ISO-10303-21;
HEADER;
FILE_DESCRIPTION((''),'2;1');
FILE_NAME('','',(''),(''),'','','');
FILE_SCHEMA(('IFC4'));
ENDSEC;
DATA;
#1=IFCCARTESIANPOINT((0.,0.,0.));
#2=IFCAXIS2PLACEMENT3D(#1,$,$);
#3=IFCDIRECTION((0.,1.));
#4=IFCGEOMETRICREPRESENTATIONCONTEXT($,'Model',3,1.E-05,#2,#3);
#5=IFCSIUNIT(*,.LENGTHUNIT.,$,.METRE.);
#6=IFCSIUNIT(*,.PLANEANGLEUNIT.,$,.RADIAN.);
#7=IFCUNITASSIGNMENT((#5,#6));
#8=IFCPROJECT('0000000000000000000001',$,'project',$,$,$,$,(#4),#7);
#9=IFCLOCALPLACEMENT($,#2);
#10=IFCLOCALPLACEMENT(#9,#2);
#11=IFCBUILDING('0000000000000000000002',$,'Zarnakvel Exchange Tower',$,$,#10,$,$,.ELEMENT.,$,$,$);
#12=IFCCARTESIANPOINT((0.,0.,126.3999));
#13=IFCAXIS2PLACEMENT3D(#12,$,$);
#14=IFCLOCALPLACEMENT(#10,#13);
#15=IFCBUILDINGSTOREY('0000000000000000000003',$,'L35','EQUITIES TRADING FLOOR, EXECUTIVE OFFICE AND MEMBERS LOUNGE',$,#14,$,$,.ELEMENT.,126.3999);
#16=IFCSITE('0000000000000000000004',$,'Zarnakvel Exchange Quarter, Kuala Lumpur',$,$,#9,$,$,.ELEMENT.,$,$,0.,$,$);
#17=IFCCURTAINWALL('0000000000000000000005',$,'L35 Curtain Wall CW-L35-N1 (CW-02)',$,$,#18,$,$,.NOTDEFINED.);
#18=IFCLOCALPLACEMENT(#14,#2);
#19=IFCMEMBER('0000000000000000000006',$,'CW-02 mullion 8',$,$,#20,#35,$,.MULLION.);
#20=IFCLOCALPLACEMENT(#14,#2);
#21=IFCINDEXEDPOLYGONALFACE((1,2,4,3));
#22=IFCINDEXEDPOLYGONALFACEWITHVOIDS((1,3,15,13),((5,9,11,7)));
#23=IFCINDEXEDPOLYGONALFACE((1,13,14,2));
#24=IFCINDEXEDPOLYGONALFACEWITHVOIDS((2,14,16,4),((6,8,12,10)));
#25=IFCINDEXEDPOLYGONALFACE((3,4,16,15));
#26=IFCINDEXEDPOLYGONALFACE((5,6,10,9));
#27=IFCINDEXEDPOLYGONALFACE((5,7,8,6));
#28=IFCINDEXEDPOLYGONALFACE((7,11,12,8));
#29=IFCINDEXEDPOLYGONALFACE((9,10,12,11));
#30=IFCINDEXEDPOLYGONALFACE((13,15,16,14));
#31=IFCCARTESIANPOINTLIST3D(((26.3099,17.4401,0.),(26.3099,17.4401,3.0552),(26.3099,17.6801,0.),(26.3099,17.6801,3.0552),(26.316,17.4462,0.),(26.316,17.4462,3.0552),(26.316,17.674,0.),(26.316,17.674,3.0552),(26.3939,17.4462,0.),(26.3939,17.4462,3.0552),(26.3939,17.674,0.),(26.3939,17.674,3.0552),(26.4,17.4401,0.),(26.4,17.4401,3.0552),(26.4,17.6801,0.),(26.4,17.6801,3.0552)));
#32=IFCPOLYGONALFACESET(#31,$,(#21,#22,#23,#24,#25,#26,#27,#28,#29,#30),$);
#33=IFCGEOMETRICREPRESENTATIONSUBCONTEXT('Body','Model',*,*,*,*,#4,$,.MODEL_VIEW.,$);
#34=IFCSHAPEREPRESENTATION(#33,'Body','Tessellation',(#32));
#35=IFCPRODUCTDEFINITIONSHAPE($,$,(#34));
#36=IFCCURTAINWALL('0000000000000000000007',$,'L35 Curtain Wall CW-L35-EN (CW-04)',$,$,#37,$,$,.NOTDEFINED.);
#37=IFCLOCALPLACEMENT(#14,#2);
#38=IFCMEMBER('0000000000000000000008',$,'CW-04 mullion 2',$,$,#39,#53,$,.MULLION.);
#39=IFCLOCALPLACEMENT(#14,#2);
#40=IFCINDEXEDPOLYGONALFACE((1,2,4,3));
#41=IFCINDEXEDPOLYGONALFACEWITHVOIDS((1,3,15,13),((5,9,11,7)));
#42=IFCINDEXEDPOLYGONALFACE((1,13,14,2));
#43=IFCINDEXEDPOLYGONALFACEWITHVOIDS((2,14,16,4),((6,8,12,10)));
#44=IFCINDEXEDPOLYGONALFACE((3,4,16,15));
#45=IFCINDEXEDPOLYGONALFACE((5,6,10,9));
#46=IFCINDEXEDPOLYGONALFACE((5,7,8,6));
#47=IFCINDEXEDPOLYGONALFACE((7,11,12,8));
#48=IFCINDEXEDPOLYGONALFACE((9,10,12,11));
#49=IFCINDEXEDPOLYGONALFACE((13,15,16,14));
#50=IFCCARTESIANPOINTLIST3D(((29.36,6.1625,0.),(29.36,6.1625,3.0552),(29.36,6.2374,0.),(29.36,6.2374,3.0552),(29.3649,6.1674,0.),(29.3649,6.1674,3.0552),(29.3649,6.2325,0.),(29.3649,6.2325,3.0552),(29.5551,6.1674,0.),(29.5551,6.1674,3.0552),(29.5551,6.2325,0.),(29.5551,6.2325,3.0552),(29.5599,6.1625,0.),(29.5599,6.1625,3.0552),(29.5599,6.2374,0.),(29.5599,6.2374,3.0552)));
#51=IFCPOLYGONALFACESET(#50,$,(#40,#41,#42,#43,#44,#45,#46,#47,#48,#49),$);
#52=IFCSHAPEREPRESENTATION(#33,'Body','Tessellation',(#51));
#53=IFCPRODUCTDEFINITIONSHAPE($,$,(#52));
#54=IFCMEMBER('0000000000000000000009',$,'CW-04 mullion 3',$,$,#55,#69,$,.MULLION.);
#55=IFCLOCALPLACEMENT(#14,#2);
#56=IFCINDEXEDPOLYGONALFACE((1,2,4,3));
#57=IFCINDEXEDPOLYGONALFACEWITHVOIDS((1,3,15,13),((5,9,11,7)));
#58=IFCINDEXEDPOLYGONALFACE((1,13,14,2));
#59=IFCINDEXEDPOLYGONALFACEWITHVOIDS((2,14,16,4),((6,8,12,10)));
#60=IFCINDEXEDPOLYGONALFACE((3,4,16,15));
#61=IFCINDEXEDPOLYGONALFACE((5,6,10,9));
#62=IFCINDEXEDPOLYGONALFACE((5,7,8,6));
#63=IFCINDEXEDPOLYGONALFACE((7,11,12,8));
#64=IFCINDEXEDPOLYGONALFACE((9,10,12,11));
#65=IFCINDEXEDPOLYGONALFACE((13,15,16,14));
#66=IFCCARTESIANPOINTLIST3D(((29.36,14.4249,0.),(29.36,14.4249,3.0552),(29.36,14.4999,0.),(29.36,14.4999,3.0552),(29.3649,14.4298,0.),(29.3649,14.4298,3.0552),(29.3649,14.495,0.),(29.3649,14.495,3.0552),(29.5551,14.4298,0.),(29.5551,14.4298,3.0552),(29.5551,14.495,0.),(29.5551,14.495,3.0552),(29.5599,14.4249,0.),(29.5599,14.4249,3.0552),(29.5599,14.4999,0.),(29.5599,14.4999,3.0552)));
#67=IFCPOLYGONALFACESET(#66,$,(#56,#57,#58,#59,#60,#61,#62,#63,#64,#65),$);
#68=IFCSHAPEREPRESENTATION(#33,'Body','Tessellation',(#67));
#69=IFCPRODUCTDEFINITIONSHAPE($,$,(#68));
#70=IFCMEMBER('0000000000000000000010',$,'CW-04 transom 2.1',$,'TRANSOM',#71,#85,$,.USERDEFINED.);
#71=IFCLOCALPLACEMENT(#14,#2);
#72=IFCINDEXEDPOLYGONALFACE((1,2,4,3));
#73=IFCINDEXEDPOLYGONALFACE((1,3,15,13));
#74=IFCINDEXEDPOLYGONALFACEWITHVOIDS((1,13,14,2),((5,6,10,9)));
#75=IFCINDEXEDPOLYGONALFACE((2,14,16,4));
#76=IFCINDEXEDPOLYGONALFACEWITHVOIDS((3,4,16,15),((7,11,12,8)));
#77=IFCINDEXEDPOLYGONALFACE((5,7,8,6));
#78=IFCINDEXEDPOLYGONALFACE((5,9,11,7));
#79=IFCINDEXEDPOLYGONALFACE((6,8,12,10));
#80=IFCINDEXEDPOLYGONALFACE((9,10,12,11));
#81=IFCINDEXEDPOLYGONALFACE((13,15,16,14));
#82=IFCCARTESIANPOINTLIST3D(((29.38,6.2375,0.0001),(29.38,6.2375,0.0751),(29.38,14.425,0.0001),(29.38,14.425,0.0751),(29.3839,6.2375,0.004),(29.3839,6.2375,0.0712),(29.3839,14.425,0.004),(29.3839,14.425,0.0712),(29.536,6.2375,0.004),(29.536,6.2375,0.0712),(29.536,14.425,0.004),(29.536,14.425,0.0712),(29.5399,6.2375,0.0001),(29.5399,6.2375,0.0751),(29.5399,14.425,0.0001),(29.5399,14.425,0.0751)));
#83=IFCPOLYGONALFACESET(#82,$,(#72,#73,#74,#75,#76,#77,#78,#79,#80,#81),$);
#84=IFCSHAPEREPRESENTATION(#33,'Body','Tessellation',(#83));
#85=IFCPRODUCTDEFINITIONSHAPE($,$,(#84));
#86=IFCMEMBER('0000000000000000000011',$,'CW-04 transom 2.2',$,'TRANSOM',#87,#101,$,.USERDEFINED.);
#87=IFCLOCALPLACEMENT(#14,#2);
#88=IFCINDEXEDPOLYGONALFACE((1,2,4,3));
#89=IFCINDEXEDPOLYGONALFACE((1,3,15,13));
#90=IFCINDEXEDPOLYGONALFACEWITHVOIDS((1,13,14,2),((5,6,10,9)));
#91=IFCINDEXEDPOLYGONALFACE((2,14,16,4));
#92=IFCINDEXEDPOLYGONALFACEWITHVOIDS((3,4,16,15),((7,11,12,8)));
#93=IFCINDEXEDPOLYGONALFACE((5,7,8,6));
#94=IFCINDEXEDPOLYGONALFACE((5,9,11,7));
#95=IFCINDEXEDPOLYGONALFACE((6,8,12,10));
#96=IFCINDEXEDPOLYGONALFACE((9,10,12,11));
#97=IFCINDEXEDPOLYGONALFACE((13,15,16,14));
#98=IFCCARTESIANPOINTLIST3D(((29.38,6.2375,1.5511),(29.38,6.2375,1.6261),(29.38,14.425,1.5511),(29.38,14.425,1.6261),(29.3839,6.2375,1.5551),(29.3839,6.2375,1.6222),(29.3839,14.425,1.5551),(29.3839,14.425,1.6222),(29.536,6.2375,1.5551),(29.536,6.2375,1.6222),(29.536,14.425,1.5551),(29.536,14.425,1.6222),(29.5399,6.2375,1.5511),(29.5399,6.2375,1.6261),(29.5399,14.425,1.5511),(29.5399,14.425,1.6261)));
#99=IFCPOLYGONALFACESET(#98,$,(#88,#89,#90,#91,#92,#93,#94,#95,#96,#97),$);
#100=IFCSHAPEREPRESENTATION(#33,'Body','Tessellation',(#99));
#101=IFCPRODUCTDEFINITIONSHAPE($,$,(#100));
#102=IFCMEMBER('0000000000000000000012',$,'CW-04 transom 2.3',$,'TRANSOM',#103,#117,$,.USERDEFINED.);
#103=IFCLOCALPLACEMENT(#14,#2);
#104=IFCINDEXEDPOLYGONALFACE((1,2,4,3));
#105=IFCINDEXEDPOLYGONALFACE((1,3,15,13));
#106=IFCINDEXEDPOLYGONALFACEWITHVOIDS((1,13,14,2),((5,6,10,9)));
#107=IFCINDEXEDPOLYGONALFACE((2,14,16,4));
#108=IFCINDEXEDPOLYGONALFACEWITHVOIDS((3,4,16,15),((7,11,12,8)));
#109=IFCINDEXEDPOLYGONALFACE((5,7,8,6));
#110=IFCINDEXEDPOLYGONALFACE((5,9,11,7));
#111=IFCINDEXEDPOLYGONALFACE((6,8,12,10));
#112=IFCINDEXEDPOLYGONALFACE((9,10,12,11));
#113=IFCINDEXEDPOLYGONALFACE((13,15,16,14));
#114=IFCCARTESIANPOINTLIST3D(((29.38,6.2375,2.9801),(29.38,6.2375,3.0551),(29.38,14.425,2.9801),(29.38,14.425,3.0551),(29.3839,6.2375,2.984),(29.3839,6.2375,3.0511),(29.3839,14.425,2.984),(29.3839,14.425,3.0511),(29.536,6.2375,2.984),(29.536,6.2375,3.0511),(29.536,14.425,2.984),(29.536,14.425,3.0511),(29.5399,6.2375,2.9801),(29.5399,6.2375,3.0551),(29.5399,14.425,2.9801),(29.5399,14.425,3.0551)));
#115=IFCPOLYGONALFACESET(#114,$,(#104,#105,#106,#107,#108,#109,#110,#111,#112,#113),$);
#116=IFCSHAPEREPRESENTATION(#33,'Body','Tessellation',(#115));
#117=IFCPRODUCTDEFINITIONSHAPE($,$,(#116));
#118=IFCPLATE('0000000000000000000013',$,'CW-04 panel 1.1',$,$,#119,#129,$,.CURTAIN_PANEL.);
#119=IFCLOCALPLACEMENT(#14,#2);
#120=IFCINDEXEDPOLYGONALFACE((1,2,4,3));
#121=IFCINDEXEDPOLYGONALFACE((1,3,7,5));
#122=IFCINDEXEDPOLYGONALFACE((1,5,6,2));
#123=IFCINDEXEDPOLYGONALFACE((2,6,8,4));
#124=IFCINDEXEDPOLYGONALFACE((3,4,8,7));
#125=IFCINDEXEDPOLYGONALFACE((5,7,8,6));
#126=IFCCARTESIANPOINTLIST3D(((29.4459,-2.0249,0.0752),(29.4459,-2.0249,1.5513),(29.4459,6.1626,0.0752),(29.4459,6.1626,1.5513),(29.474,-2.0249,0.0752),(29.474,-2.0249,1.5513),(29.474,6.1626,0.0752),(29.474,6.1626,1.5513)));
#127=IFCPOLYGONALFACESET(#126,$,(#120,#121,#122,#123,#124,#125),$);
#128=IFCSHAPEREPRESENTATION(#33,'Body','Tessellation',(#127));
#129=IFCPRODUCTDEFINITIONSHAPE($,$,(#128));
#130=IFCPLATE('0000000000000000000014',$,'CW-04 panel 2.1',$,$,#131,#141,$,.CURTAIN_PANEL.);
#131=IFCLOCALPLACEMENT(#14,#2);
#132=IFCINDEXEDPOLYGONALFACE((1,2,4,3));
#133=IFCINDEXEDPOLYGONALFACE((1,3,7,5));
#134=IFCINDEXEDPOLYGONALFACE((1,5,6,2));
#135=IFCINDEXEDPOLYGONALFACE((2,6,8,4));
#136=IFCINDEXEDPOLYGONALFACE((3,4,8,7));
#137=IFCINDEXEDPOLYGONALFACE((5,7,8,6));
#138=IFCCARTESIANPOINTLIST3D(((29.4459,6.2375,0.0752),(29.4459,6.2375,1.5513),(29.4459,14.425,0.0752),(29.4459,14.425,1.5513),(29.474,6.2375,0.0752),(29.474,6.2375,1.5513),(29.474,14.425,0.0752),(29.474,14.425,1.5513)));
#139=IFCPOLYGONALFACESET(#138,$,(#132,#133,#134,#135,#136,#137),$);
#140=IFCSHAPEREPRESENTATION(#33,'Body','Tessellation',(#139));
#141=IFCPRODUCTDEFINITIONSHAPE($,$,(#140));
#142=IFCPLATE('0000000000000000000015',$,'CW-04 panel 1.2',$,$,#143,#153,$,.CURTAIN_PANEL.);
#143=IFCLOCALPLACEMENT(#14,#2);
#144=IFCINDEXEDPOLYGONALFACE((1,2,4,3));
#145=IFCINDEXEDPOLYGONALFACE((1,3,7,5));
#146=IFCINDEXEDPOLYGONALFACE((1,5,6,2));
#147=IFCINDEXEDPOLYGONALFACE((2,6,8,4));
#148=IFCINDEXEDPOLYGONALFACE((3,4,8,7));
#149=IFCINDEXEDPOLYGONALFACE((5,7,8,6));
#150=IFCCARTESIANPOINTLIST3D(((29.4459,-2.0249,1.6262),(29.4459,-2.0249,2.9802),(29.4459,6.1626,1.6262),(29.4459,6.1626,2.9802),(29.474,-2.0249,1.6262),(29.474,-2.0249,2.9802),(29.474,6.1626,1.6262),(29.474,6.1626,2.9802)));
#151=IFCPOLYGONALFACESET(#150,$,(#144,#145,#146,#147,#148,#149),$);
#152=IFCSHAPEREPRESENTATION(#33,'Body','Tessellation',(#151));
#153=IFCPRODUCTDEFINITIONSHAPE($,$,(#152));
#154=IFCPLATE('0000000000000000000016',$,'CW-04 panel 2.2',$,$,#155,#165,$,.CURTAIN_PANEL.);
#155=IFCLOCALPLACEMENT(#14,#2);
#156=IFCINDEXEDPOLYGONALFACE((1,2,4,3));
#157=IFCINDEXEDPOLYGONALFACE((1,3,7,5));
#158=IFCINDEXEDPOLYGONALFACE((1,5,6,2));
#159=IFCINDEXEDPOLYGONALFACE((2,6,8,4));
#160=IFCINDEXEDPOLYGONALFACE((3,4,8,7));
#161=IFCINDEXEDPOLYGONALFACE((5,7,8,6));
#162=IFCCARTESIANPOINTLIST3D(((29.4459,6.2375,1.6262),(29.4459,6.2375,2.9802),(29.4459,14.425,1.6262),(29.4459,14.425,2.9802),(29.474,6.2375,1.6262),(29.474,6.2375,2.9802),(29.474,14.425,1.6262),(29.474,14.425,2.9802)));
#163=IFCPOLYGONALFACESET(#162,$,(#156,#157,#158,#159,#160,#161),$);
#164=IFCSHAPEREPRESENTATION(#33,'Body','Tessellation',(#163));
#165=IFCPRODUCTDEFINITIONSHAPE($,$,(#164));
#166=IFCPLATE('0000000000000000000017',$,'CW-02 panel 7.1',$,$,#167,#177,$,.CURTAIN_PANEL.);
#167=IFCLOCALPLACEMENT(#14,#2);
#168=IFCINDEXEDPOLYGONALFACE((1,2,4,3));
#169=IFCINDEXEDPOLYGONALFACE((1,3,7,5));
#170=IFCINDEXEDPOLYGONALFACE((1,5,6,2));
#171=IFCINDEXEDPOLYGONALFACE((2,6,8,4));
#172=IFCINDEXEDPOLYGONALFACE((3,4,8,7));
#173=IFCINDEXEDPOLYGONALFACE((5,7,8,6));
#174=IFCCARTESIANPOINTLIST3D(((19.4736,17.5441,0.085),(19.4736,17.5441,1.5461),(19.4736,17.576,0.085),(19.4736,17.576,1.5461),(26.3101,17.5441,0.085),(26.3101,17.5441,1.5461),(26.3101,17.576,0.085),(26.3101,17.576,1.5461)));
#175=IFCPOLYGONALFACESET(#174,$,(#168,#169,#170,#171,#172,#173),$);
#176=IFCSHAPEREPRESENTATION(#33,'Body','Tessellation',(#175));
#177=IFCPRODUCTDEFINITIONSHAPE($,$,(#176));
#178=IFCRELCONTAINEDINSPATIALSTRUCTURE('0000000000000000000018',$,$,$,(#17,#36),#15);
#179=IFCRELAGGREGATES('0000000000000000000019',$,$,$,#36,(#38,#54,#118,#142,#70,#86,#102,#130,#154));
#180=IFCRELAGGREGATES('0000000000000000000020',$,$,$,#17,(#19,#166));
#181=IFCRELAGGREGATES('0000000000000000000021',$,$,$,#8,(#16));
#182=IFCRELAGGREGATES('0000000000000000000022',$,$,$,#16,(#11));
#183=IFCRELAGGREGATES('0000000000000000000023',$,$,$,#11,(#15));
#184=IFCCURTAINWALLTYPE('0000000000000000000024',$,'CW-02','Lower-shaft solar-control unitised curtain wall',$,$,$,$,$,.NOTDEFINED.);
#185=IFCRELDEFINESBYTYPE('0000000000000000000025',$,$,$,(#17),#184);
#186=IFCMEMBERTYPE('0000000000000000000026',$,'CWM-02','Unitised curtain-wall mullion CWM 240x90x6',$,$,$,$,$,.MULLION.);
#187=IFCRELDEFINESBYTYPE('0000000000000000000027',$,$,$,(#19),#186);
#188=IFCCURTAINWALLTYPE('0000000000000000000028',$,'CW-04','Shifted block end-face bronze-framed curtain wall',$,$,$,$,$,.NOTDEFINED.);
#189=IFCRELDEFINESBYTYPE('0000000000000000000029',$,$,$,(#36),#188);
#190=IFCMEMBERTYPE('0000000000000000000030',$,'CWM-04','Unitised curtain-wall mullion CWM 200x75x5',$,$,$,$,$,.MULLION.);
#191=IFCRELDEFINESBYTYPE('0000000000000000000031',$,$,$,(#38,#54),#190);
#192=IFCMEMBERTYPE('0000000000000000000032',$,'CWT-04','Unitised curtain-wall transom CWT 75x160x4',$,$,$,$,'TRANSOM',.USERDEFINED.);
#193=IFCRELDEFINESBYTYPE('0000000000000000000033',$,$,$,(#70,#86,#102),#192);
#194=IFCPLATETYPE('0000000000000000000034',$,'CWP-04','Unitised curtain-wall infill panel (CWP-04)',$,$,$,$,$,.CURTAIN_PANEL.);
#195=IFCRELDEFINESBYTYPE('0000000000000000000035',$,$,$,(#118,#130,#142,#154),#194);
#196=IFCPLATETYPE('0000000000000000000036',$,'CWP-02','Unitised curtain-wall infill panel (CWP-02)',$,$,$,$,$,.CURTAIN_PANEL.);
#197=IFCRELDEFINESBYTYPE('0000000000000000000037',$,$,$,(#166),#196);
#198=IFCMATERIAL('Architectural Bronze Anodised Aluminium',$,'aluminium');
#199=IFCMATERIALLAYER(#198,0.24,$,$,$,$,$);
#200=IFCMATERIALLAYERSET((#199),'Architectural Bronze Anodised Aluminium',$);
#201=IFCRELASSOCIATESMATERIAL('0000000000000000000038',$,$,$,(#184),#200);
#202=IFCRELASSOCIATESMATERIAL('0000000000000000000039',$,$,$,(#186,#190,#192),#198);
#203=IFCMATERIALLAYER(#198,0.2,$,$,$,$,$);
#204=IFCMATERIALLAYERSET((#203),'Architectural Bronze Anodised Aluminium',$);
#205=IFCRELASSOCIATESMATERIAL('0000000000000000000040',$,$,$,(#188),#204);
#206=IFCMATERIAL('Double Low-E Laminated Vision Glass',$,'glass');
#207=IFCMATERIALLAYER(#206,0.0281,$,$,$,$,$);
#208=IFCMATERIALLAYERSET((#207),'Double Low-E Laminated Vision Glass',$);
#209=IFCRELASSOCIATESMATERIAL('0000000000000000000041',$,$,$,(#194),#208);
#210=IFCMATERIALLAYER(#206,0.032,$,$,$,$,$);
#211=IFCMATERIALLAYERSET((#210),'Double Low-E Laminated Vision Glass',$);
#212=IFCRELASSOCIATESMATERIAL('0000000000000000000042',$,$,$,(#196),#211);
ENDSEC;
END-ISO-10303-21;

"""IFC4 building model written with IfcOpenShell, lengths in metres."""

from ifc_helpers import new_model, si_unit, direction, frame, origin, origin_2d, place, context, subcontext, project, spatial, rectangle, hollow_rectangle, extrude, source, transform, mapped, material, layer, layer_set, material_profile, profile_set, type_object, element, aggregate, save


model = new_model("IFC4")

# Units and contexts
model_context = context("Model", 3, precision=1e-05, world=origin(), true_north=direction((0.0, 1.0)))
body_context = subcontext(model_context, "Body", "Model", "MODEL_VIEW")
ifc_project = project(units=[si_unit("LENGTHUNIT", "METRE"), si_unit("PLANEANGLEUNIT", "RADIAN")], contexts=[model_context])

# Site, building, storey
site_placement = place(None, origin())
site = spatial("IfcSite", under=ifc_project, at=site_placement, Name="Zarnakvel Exchange Quarter, Kuala Lumpur", CompositionType="ELEMENT", RefElevation=0.0)
building_placement = place(site_placement, origin())
building = spatial("IfcBuilding", under=site, at=building_placement, Name="Zarnakvel Exchange Tower", CompositionType="ELEMENT")
storey_placement = place(building_placement, frame((0.0, 0.0, 126.3999)))
storey = spatial("IfcBuildingStorey", under=building, at=storey_placement, Name="L35", Description="EQUITIES TRADING FLOOR, EXECUTIVE OFFICE AND MEMBERS LOUNGE", CompositionType="ELEMENT", Elevation=126.3999)

# Curtain wall, member
ifc_material_1 = material(Name="Architectural Bronze Anodised Aluminium", Category="aluminium")
ifc_layer_1 = layer(ifc_material_1, 0.24)
ifc_layer_set_1 = layer_set([ifc_layer_1], Name="Architectural Bronze Anodised Aluminium")
curtain_wall_type_1 = type_object("IfcCurtainWallType", Name="CW-02", Description="Lower-shaft solar-control unitised curtain wall", PredefinedType="NOTDEFINED", material=ifc_layer_set_1)
curtain_wall_1_placement = place(storey_placement, origin())
curtain_wall_1 = element("IfcCurtainWall", 1, at=curtain_wall_1_placement, inside=storey, type_object=curtain_wall_type_1, Name="L35 Curtain Wall CW-L35-N1 (CW-02)", PredefinedType="NOTDEFINED")
ifc_material_profile_1 = material_profile(ifc_material_1, hollow_rectangle(XDim=0.24, YDim=0.0901, WallThickness=0.0061, at=origin_2d()))
ifc_profile_set_1 = profile_set([ifc_material_profile_1], Name="Architectural Bronze Anodised Aluminium")
member_type_1 = type_object("IfcMemberType", Name="CWM-02", Description="Unitised curtain-wall mullion CWM 240x90x6", PredefinedType="MULLION", material=ifc_profile_set_1)
shared_shape_1 = source(origin(), body_context, "Body", "SweptSolid", [
    extrude(hollow_rectangle(XDim=0.24, YDim=0.0901, WallThickness=0.0061, at=origin_2d()), origin(), (0.0, 0.0, 1.0), 3.0552),
])
member_1_placement = place(storey_placement, frame((26.355, 17.5601, 0.0), z_axis=(0.0, 0.0, 1.0), x_axis=(0.0, 1.0, 0.0)))
member_1 = element("IfcMember", 2, at=member_1_placement, type_object=member_type_1, Name="CW-02 mullion 8", PredefinedType="MULLION", context=body_context, shape_type="MappedRepresentation", body=[
    mapped(shared_shape_1, transform((0.0, 0.0, 0.0), x_axis=(1.0, 0.0, 0.0), y_axis=(0.0, 1.0, 0.0), z_axis=(0.0, 0.0, 1.0), scale=1.0)),
])

# Curtain wall, members, plates
ifc_layer_2 = layer(ifc_material_1, 0.2)
ifc_layer_set_2 = layer_set([ifc_layer_2], Name="Architectural Bronze Anodised Aluminium")
curtain_wall_type_2 = type_object("IfcCurtainWallType", Name="CW-04", Description="Shifted block end-face bronze-framed curtain wall", PredefinedType="NOTDEFINED", material=ifc_layer_set_2)
curtain_wall_2_placement = place(storey_placement, origin())
curtain_wall_2 = element("IfcCurtainWall", 3, at=curtain_wall_2_placement, inside=storey, type_object=curtain_wall_type_2, Name="L35 Curtain Wall CW-L35-EN (CW-04)", PredefinedType="NOTDEFINED")
ifc_material_profile_2 = material_profile(ifc_material_1, hollow_rectangle(XDim=0.2, YDim=0.075, WallThickness=0.0049, at=origin_2d()))
ifc_profile_set_2 = profile_set([ifc_material_profile_2], Name="Architectural Bronze Anodised Aluminium")
member_type_2 = type_object("IfcMemberType", Name="CWM-04", Description="Unitised curtain-wall mullion CWM 200x75x5", PredefinedType="MULLION", material=ifc_profile_set_2)
shared_shape_2 = source(origin(), body_context, "Body", "SweptSolid", [
    extrude(hollow_rectangle(XDim=0.2, YDim=0.075, WallThickness=0.0049, at=origin_2d()), origin(), (0.0, 0.0, 1.0), 3.0552),
])
member_2_placement = place(storey_placement, frame((29.46, 6.2, 0.0), z_axis=(0.0, 0.0, 1.0), x_axis=(-1.0, 0.0, 0.0)))
member_2 = element("IfcMember", 4, at=member_2_placement, type_object=member_type_2, Name="CW-04 mullion 2", PredefinedType="MULLION", context=body_context, shape_type="MappedRepresentation", body=[
    mapped(shared_shape_2, transform((0.0, 0.0, 0.0), x_axis=(1.0, 0.0, 0.0), y_axis=(0.0, 1.0, 0.0), z_axis=(0.0, 0.0, 1.0), scale=1.0)),
])
member_3_placement = place(storey_placement, frame((29.46, 14.4624, 0.0), z_axis=(0.0, 0.0, 1.0), x_axis=(-1.0, 0.0, 0.0)))
member_3 = element("IfcMember", 5, at=member_3_placement, type_object=member_type_2, Name="CW-04 mullion 3", PredefinedType="MULLION", context=body_context, shape_type="MappedRepresentation", body=[
    mapped(shared_shape_2, transform((0.0, 0.0, 0.0), x_axis=(1.0, 0.0, 0.0), y_axis=(0.0, 1.0, 0.0), z_axis=(0.0, 0.0, 1.0), scale=1.0)),
])
ifc_material_profile_3 = material_profile(ifc_material_1, hollow_rectangle(XDim=0.1599, YDim=0.075, WallThickness=0.0039, at=origin_2d()))
ifc_profile_set_3 = profile_set([ifc_material_profile_3], Name="Architectural Bronze Anodised Aluminium")
member_type_3 = type_object("IfcMemberType", Name="CWT-04", Description="Unitised curtain-wall transom CWT 75x160x4", ElementType="TRANSOM", PredefinedType="USERDEFINED", material=ifc_profile_set_3)
shared_shape_3 = source(origin(), body_context, "Body", "SweptSolid", [
    extrude(hollow_rectangle(XDim=0.1599, YDim=0.075, WallThickness=0.0039, at=origin_2d()), origin(), (0.0, 0.0, 1.0), 8.1875),
])
member_4_placement = place(storey_placement, frame((29.46, 6.2375, 0.0376), z_axis=(0.0, 1.0, 0.0), x_axis=(-1.0, 0.0, 0.0)))
member_4 = element("IfcMember", 6, at=member_4_placement, type_object=member_type_3, Name="CW-04 transom 2.1", ObjectType="TRANSOM", PredefinedType="USERDEFINED", context=body_context, shape_type="MappedRepresentation", body=[
    mapped(shared_shape_3, transform((0.0, 0.0, 0.0), x_axis=(1.0, 0.0, 0.0), y_axis=(0.0, 1.0, 0.0), z_axis=(0.0, 0.0, 1.0), scale=1.0)),
])
member_5_placement = place(storey_placement, frame((29.46, 6.2375, 1.5886), z_axis=(0.0, 1.0, 0.0), x_axis=(-1.0, 0.0, 0.0)))
member_5 = element("IfcMember", 7, at=member_5_placement, type_object=member_type_3, Name="CW-04 transom 2.2", ObjectType="TRANSOM", PredefinedType="USERDEFINED", context=body_context, shape_type="MappedRepresentation", body=[
    mapped(shared_shape_3, transform((0.0, 0.0, 0.0), x_axis=(1.0, 0.0, 0.0), y_axis=(0.0, 1.0, 0.0), z_axis=(0.0, 0.0, 1.0), scale=1.0)),
])
member_6_placement = place(storey_placement, frame((29.46, 6.2375, 3.0176), z_axis=(0.0, 1.0, 0.0), x_axis=(-1.0, 0.0, 0.0)))
member_6 = element("IfcMember", 8, at=member_6_placement, type_object=member_type_3, Name="CW-04 transom 2.3", ObjectType="TRANSOM", PredefinedType="USERDEFINED", context=body_context, shape_type="MappedRepresentation", body=[
    mapped(shared_shape_3, transform((0.0, 0.0, 0.0), x_axis=(1.0, 0.0, 0.0), y_axis=(0.0, 1.0, 0.0), z_axis=(0.0, 0.0, 1.0), scale=1.0)),
])
ifc_material_2 = material(Name="Double Low-E Laminated Vision Glass", Category="glass")
ifc_layer_3 = layer(ifc_material_2, 0.0281)
ifc_layer_set_3 = layer_set([ifc_layer_3], Name="Double Low-E Laminated Vision Glass")
plate_type_1 = type_object("IfcPlateType", Name="CWP-04", Description="Unitised curtain-wall infill panel (CWP-04)", PredefinedType="CURTAIN_PANEL", material=ifc_layer_set_3)
shared_shape_4 = source(origin(), body_context, "Body", "SweptSolid", [
    extrude(rectangle(XDim=8.1875, YDim=0.0281, at=origin_2d()), origin(), (0.0, 0.0, 1.0), 1.4761),
])
plate_1_placement = place(storey_placement, frame((29.46, 2.0688, 0.0752), z_axis=(0.0, 0.0, 1.0), x_axis=(0.0, 1.0, 0.0)))
plate_1 = element("IfcPlate", 9, at=plate_1_placement, type_object=plate_type_1, Name="CW-04 panel 1.1", PredefinedType="CURTAIN_PANEL", context=body_context, shape_type="MappedRepresentation", body=[
    mapped(shared_shape_4, transform((0.0, 0.0, 0.0), x_axis=(1.0, 0.0, 0.0), y_axis=(0.0, 1.0, 0.0), z_axis=(0.0, 0.0, 1.0), scale=1.0)),
])
plate_2_placement = place(storey_placement, frame((29.46, 10.3313, 0.0752), z_axis=(0.0, 0.0, 1.0), x_axis=(0.0, 1.0, 0.0)))
plate_2 = element("IfcPlate", 10, at=plate_2_placement, type_object=plate_type_1, Name="CW-04 panel 2.1", PredefinedType="CURTAIN_PANEL", context=body_context, shape_type="MappedRepresentation", body=[
    mapped(shared_shape_4, transform((0.0, 0.0, 0.0), x_axis=(1.0, 0.0, 0.0), y_axis=(0.0, 1.0, 0.0), z_axis=(0.0, 0.0, 1.0), scale=1.0)),
])
shared_shape_5 = source(origin(), body_context, "Body", "SweptSolid", [
    extrude(rectangle(XDim=8.1875, YDim=0.0281, at=origin_2d()), origin(), (0.0, 0.0, 1.0), 1.354),
])
plate_3_placement = place(storey_placement, frame((29.46, 2.0688, 1.6262), z_axis=(0.0, 0.0, 1.0), x_axis=(0.0, 1.0, 0.0)))
plate_3 = element("IfcPlate", 11, at=plate_3_placement, type_object=plate_type_1, Name="CW-04 panel 1.2", PredefinedType="CURTAIN_PANEL", context=body_context, shape_type="MappedRepresentation", body=[
    mapped(shared_shape_5, transform((0.0, 0.0, 0.0), x_axis=(1.0, 0.0, 0.0), y_axis=(0.0, 1.0, 0.0), z_axis=(0.0, 0.0, 1.0), scale=1.0)),
])
plate_4_placement = place(storey_placement, frame((29.46, 10.3313, 1.6262), z_axis=(0.0, 0.0, 1.0), x_axis=(0.0, 1.0, 0.0)))
plate_4 = element("IfcPlate", 12, at=plate_4_placement, type_object=plate_type_1, Name="CW-04 panel 2.2", PredefinedType="CURTAIN_PANEL", context=body_context, shape_type="MappedRepresentation", body=[
    mapped(shared_shape_5, transform((0.0, 0.0, 0.0), x_axis=(1.0, 0.0, 0.0), y_axis=(0.0, 1.0, 0.0), z_axis=(0.0, 0.0, 1.0), scale=1.0)),
])
aggregate(curtain_wall_2, [member_2, member_3, plate_1, plate_3, member_4, member_5, member_6, plate_2, plate_4])

# Plate
ifc_layer_4 = layer(ifc_material_2, 0.032)
ifc_layer_set_4 = layer_set([ifc_layer_4], Name="Double Low-E Laminated Vision Glass")
plate_type_2 = type_object("IfcPlateType", Name="CWP-02", Description="Unitised curtain-wall infill panel (CWP-02)", PredefinedType="CURTAIN_PANEL", material=ifc_layer_set_4)
shared_shape_6 = source(origin(), body_context, "Body", "SweptSolid", [
    extrude(rectangle(XDim=6.8364, YDim=0.032, at=origin_2d()), origin(), (0.0, 0.0, 1.0), 1.4612),
])
plate_5_placement = place(storey_placement, frame((22.8918, 17.5601, 0.085), z_axis=(0.0, 0.0, 1.0), x_axis=(1.0, 0.0, 0.0)))
plate_5 = element("IfcPlate", 13, at=plate_5_placement, type_object=plate_type_2, Name="CW-02 panel 7.1", PredefinedType="CURTAIN_PANEL", context=body_context, shape_type="MappedRepresentation", body=[
    mapped(shared_shape_6, transform((0.0, 0.0, 0.0), x_axis=(1.0, 0.0, 0.0), y_axis=(0.0, 1.0, 0.0), z_axis=(0.0, 0.0, 1.0), scale=1.0)),
])
aggregate(curtain_wall_1, [member_1, plate_5])

save(model, "model.ifc")
